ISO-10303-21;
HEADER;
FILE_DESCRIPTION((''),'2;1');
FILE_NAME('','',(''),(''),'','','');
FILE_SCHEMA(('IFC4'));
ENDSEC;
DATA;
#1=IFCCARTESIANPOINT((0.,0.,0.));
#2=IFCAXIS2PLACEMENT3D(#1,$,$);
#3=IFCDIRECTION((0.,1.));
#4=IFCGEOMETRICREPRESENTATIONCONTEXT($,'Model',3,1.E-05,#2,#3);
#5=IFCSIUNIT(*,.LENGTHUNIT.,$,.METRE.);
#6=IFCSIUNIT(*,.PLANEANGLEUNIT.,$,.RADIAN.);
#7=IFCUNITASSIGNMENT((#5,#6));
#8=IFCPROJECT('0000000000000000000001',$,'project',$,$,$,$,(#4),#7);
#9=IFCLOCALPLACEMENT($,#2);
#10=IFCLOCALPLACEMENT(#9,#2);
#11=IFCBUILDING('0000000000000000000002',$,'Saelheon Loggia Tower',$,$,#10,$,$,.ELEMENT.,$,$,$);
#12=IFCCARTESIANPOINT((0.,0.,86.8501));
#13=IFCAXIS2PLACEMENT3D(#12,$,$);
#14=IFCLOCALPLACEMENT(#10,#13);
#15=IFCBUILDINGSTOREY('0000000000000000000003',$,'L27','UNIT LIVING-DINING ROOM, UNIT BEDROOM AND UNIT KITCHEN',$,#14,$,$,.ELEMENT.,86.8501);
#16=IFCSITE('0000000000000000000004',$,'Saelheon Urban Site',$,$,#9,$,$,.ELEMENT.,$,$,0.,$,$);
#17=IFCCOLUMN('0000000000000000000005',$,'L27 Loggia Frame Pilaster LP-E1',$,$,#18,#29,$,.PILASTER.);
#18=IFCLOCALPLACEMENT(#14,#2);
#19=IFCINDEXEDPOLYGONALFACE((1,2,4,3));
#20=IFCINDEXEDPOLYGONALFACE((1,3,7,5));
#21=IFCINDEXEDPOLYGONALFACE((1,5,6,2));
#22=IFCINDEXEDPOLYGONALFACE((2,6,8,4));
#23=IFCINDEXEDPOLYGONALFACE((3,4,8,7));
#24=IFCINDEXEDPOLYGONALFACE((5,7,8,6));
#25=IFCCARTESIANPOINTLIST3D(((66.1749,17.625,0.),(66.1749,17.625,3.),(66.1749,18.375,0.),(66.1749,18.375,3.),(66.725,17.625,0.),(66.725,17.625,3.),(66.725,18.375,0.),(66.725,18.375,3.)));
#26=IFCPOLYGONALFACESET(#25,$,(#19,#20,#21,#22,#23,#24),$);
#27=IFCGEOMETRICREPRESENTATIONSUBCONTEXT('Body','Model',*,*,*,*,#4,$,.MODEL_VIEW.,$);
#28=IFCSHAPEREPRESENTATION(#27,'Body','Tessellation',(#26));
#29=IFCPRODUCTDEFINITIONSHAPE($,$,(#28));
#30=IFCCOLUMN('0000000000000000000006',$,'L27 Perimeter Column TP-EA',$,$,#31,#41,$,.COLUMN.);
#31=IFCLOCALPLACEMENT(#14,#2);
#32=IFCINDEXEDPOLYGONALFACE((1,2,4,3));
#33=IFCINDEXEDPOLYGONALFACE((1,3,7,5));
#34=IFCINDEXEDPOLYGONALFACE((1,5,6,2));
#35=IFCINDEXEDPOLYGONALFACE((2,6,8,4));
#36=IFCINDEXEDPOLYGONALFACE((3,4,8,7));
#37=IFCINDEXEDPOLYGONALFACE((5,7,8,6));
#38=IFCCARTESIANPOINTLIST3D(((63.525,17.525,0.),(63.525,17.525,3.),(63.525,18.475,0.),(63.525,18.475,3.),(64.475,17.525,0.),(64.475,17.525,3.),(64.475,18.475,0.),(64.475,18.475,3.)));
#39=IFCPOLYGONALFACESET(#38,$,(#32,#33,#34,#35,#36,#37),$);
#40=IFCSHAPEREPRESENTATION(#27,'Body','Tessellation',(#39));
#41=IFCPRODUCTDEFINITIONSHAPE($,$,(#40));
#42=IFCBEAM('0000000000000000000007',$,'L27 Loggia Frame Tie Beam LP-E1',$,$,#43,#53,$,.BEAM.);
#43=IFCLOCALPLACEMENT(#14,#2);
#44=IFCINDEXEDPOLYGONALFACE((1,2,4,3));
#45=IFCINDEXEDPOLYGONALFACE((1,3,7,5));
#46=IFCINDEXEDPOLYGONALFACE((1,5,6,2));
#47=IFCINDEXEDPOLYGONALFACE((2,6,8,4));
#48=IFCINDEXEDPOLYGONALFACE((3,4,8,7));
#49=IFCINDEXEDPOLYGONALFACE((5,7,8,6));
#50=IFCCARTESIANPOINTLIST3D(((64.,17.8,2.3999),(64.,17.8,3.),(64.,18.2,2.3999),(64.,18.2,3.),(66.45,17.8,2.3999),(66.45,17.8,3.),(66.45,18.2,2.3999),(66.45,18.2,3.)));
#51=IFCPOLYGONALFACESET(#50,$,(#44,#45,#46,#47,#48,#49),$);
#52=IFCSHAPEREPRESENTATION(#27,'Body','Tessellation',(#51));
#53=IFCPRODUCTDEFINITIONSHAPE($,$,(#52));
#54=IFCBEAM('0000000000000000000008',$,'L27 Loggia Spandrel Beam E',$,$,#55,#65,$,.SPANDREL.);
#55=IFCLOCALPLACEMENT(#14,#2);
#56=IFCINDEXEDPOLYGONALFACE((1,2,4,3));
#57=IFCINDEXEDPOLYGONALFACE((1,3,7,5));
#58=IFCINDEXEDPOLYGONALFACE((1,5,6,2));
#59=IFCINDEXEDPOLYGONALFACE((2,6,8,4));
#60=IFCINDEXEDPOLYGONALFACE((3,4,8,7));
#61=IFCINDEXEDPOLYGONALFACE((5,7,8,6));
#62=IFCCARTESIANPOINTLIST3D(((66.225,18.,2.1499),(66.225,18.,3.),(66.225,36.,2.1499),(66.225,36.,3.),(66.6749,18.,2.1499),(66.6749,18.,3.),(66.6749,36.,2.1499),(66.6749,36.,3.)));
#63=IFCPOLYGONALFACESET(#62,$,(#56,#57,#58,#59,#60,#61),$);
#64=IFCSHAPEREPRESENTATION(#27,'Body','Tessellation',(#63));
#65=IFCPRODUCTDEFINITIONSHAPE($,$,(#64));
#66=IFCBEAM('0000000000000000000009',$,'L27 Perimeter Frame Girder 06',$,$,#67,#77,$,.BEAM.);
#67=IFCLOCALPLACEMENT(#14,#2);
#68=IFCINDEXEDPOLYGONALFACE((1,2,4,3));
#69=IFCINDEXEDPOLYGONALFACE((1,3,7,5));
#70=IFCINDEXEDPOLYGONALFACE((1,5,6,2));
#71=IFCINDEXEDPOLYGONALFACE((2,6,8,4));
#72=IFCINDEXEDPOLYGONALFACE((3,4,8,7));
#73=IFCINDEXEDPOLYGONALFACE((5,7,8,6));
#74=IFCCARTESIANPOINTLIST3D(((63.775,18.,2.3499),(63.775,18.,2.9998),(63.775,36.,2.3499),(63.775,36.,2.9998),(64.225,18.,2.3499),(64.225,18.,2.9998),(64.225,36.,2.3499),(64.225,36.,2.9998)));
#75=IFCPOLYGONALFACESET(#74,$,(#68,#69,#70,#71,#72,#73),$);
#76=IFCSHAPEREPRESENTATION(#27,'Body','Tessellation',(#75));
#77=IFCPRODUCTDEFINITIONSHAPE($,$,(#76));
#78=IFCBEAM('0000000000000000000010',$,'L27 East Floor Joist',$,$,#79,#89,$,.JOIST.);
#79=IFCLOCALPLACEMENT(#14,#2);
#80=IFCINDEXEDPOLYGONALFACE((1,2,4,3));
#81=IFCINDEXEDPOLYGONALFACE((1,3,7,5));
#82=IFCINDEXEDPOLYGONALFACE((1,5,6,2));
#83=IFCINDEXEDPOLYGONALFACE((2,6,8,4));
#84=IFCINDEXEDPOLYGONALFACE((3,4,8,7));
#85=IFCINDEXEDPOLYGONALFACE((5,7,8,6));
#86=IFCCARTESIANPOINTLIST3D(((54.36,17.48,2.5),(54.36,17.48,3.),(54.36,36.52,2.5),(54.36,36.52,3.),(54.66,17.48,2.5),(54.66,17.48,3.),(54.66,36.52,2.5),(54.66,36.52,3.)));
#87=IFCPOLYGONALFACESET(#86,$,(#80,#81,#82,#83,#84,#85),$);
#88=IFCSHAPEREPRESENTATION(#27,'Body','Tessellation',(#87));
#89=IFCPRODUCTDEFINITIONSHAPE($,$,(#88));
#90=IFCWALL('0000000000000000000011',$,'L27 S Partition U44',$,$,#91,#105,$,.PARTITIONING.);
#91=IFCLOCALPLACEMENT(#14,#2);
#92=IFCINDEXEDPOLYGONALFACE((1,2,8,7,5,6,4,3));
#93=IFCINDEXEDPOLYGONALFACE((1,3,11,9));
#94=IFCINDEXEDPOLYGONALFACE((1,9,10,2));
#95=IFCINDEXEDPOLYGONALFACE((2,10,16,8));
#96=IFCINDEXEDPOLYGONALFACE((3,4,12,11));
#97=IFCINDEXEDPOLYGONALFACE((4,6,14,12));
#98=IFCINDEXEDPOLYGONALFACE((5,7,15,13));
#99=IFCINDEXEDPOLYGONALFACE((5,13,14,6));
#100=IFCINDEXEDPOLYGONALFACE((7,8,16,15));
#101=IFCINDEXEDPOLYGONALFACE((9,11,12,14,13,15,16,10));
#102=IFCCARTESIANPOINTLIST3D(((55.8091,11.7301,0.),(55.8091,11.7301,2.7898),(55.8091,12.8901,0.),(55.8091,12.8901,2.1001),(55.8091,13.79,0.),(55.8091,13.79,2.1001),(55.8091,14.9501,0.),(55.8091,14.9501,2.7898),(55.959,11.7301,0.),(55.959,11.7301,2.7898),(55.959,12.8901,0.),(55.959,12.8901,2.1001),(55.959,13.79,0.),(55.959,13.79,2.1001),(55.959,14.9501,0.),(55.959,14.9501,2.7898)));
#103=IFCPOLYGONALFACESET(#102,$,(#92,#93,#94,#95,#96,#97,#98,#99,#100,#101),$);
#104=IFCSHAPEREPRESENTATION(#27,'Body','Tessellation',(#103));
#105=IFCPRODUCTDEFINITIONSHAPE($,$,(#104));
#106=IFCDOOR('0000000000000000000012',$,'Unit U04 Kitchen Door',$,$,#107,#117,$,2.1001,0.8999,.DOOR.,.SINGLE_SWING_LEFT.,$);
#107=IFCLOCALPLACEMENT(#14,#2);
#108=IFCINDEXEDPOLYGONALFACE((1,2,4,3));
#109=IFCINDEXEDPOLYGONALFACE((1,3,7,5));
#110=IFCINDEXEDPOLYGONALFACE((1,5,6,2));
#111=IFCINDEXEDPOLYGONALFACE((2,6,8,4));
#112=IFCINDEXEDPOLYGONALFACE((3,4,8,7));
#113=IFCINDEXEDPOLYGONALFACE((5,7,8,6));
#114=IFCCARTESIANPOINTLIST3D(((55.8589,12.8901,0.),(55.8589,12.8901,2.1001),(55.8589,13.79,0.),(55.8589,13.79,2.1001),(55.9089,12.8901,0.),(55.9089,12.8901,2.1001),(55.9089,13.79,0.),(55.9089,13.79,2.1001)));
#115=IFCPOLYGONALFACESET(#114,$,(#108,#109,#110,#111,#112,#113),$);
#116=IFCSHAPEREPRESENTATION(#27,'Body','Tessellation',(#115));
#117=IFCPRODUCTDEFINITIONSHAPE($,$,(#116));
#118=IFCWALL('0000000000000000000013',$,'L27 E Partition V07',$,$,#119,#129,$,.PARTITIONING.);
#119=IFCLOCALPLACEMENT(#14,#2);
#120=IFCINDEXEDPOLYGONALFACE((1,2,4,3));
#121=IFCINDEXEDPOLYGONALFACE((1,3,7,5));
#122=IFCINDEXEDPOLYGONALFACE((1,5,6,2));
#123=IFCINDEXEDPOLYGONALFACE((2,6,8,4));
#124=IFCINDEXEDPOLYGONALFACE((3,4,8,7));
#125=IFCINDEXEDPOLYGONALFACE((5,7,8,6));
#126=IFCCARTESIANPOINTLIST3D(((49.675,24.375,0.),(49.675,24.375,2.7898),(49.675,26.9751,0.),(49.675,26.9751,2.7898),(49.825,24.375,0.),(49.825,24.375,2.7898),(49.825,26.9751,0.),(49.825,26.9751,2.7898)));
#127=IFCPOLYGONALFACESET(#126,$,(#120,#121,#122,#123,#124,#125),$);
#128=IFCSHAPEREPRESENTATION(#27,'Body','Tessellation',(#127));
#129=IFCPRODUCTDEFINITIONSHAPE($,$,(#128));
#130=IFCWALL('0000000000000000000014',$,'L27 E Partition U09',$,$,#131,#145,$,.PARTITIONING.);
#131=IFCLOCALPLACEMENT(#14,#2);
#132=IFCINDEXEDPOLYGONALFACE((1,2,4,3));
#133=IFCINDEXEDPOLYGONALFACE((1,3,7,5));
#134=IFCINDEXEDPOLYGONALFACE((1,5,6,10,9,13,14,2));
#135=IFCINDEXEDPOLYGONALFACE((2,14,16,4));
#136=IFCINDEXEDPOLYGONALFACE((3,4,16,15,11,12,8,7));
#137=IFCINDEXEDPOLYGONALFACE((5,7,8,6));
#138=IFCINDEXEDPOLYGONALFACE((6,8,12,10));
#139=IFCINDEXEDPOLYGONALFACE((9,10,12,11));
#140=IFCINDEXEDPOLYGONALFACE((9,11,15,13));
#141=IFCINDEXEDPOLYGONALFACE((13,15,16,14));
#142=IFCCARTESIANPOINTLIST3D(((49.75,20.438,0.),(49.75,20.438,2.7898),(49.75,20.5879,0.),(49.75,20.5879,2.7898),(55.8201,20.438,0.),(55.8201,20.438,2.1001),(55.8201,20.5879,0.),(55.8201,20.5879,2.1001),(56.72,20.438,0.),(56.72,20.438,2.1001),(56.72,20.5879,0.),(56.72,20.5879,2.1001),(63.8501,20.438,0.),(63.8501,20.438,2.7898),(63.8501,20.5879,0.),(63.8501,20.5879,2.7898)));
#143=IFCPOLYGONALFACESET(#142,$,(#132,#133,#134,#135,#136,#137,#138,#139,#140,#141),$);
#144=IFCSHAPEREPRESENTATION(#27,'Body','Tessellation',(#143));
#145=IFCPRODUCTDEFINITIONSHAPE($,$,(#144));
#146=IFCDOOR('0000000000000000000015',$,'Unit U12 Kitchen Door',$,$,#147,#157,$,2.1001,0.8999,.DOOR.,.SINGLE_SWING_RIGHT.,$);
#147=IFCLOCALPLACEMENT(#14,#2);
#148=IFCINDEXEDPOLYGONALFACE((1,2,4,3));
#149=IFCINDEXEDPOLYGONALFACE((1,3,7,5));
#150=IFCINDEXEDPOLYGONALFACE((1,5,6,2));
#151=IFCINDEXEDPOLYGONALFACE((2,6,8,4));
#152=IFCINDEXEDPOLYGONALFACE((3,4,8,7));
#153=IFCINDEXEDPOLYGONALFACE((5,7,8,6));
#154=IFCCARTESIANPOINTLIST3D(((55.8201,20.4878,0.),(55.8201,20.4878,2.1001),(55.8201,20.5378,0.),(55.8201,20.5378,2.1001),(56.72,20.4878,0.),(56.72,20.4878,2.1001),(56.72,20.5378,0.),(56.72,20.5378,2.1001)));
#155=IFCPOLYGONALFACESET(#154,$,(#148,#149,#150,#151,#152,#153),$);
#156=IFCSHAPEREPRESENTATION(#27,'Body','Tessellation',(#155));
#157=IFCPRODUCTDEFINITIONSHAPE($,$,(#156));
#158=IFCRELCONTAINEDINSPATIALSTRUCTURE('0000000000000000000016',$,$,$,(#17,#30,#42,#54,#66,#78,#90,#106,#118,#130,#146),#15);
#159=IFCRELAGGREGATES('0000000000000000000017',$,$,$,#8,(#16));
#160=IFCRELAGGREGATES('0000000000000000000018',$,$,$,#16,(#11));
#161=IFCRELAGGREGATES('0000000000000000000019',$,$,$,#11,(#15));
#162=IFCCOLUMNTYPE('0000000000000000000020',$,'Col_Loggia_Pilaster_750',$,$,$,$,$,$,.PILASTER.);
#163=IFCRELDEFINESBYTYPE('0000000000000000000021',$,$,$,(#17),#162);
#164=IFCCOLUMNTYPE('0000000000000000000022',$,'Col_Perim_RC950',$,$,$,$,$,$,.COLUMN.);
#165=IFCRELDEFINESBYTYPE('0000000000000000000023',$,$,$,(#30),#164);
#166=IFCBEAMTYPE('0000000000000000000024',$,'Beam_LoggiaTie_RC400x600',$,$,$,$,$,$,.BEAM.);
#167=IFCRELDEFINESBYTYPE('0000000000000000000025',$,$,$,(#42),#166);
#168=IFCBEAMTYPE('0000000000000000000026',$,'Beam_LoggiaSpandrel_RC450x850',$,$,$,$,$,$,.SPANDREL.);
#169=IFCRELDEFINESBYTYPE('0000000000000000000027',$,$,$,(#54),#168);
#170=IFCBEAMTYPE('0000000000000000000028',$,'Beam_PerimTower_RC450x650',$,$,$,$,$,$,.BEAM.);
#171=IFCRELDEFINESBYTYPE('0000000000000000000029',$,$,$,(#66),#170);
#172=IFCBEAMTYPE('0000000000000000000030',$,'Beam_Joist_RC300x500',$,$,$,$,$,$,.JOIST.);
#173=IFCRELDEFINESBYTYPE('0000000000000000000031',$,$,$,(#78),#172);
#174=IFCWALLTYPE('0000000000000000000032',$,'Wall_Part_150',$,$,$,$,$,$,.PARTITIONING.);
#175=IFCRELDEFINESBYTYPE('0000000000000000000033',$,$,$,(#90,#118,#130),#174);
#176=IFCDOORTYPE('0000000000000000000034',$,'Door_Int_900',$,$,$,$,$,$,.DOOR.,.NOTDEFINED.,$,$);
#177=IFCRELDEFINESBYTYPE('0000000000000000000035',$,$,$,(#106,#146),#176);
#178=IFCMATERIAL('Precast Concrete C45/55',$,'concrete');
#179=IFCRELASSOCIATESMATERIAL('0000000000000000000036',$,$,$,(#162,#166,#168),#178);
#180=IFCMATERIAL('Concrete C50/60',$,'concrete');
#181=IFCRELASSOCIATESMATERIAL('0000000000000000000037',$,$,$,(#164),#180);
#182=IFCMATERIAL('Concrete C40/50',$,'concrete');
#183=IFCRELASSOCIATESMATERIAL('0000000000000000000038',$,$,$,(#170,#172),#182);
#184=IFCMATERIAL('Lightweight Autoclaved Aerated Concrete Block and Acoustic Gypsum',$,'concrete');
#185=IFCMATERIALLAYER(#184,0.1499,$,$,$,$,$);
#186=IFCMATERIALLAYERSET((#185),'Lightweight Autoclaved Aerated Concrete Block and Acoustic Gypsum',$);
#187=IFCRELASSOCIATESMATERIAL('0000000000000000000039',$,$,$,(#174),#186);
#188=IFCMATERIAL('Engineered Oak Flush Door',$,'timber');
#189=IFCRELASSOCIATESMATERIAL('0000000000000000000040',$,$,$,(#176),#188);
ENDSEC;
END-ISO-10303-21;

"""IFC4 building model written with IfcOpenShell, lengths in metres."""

from ifc_helpers import new_model, si_unit, direction, frame, frame_2d, origin, origin_2d, place, context, subcontext, project, spatial, rectangle, extrude, source, transform, mapped, material, layer, layer_set, material_profile, profile_set, type_object, element, fill, save


model = new_model("IFC4")

# Units and contexts
model_context = context("Model", 3, precision=1e-05, world=origin(), true_north=direction((0.0, 1.0)))
body_context = subcontext(model_context, "Body", "Model", "MODEL_VIEW")
ifc_project = project(units=[si_unit("LENGTHUNIT", "METRE"), si_unit("PLANEANGLEUNIT", "RADIAN")], contexts=[model_context])

# Site, building, storey
site_placement = place(None, origin())
site = spatial("IfcSite", under=ifc_project, at=site_placement, Name="Saelheon Urban Site", CompositionType="ELEMENT", RefElevation=0.0)
building_placement = place(site_placement, origin())
building = spatial("IfcBuilding", under=site, at=building_placement, Name="Saelheon Loggia Tower", CompositionType="ELEMENT")
storey_placement = place(building_placement, frame((0.0, 0.0, 86.8501)))
storey = spatial("IfcBuildingStorey", under=building, at=storey_placement, Name="L27", Description="UNIT LIVING-DINING ROOM, UNIT BEDROOM AND UNIT KITCHEN", CompositionType="ELEMENT", Elevation=86.8501)

# Columns
ifc_material_1 = material(Name="Precast Concrete C45/55", Category="concrete")
ifc_material_profile_1 = material_profile(ifc_material_1, rectangle(XDim=0.55, YDim=0.75, at=origin_2d()), Name="RC-550x750")
ifc_profile_set_1 = profile_set([ifc_material_profile_1], Name="Precast Concrete C45/55")
column_type_1 = type_object("IfcColumnType", Name="Col_Loggia_Pilaster_750", PredefinedType="PILASTER", material=ifc_profile_set_1)
shared_shape_1 = source(origin(), body_context, "Body", "SweptSolid", [
    extrude(rectangle(XDim=0.55, YDim=0.75, at=origin_2d()), origin(), (0.0, 0.0, 1.0), 3.0),
])
column_1_placement = place(storey_placement, frame((66.45, 18.0, 0.0), z_axis=(0.0, 0.0, 1.0), x_axis=(1.0, 0.0, 0.0)))
element("IfcColumn", 1, at=column_1_placement, inside=storey, type_object=column_type_1, Name="L27 Loggia Frame Pilaster LP-E1", PredefinedType="PILASTER", context=body_context, shape_type="MappedRepresentation", body=[
    mapped(shared_shape_1, transform((0.0, 0.0, 0.0), scale=1.0)),
])
ifc_material_2 = material(Name="Concrete C50/60", Category="concrete")
ifc_material_profile_2 = material_profile(ifc_material_2, rectangle(XDim=0.95, YDim=0.95, at=origin_2d()), Name="RC-950x950")
ifc_profile_set_2 = profile_set([ifc_material_profile_2], Name="Concrete C50/60")
column_type_2 = type_object("IfcColumnType", Name="Col_Perim_RC950", PredefinedType="COLUMN", material=ifc_profile_set_2)
shared_shape_2 = source(origin(), body_context, "Body", "SweptSolid", [
    extrude(rectangle(XDim=0.95, YDim=0.95, at=origin_2d()), origin(), (0.0, 0.0, 1.0), 3.0),
])
column_2_placement = place(storey_placement, frame((64.0, 18.0, 0.0), z_axis=(0.0, 0.0, 1.0), x_axis=(1.0, 0.0, 0.0)))
element("IfcColumn", 2, at=column_2_placement, inside=storey, type_object=column_type_2, Name="L27 Perimeter Column TP-EA", PredefinedType="COLUMN", context=body_context, shape_type="MappedRepresentation", body=[
    mapped(shared_shape_2, transform((0.0, 0.0, 0.0), scale=1.0)),
])

# Beams
ifc_material_profile_3 = material_profile(ifc_material_1, rectangle(XDim=0.3999, YDim=0.6001, at=origin_2d()), Name="RC-400x600")
ifc_profile_set_3 = profile_set([ifc_material_profile_3], Name="Precast Concrete C45/55")
beam_type_1 = type_object("IfcBeamType", Name="Beam_LoggiaTie_RC400x600", PredefinedType="BEAM", material=ifc_profile_set_3)
shared_shape_3 = source(origin(), body_context, "Body", "SweptSolid", [
    extrude(rectangle(XDim=0.3999, YDim=0.6001, at=origin_2d()), origin(), (0.0, 0.0, 1.0), 2.45),
])
beam_1_placement = place(storey_placement, frame((64.0, 18.0, 2.7), z_axis=(1.0, 0.0, 0.0), x_axis=(0.0, 1.0, 0.0)))
element("IfcBeam", 3, at=beam_1_placement, inside=storey, type_object=beam_type_1, Name="L27 Loggia Frame Tie Beam LP-E1", PredefinedType="BEAM", context=body_context, shape_type="MappedRepresentation", body=[
    mapped(shared_shape_3, transform((0.0, 0.0, 0.0), scale=1.0)),
])
ifc_material_profile_4 = material_profile(ifc_material_1, rectangle(XDim=0.45, YDim=0.8501, at=origin_2d()), Name="RC-450x850")
ifc_profile_set_4 = profile_set([ifc_material_profile_4], Name="Precast Concrete C45/55")
beam_type_2 = type_object("IfcBeamType", Name="Beam_LoggiaSpandrel_RC450x850", PredefinedType="SPANDREL", material=ifc_profile_set_4)
shared_shape_4 = source(origin(), body_context, "Body", "SweptSolid", [
    extrude(rectangle(XDim=0.45, YDim=0.8501, at=origin_2d()), origin(), (0.0, 0.0, 1.0), 18.0),
])
beam_2_placement = place(storey_placement, frame((66.45, 18.0, 2.575), z_axis=(0.0, 1.0, 0.0), x_axis=(-1.0, 0.0, 0.0)))
element("IfcBeam", 4, at=beam_2_placement, inside=storey, type_object=beam_type_2, Name="L27 Loggia Spandrel Beam E", PredefinedType="SPANDREL", context=body_context, shape_type="MappedRepresentation", body=[
    mapped(shared_shape_4, transform((0.0, 0.0, 0.0), scale=1.0)),
])
ifc_material_3 = material(Name="Concrete C40/50", Category="concrete")
ifc_material_profile_5 = material_profile(ifc_material_3, rectangle(XDim=0.45, YDim=0.6499, at=origin_2d()), Name="RC-450x650")
ifc_profile_set_5 = profile_set([ifc_material_profile_5], Name="Concrete C40/50")
beam_type_3 = type_object("IfcBeamType", Name="Beam_PerimTower_RC450x650", PredefinedType="BEAM", material=ifc_profile_set_5)
shared_shape_5 = source(origin(), body_context, "Body", "SweptSolid", [
    extrude(rectangle(XDim=0.45, YDim=0.6499, at=origin_2d()), origin(), (0.0, 0.0, 1.0), 18.0),
])
beam_3_placement = place(storey_placement, frame((64.0, 18.0, 2.6748), z_axis=(0.0, 1.0, 0.0), x_axis=(-1.0, 0.0, 0.0)))
element("IfcBeam", 5, at=beam_3_placement, inside=storey, type_object=beam_type_3, Name="L27 Perimeter Frame Girder 06", PredefinedType="BEAM", context=body_context, shape_type="MappedRepresentation", body=[
    mapped(shared_shape_5, transform((0.0, 0.0, 0.0), scale=1.0)),
])
ifc_material_profile_6 = material_profile(ifc_material_3, rectangle(XDim=0.3, YDim=0.5, at=origin_2d()), Name="RC-300x500")
ifc_profile_set_6 = profile_set([ifc_material_profile_6], Name="Concrete C40/50")
beam_type_4 = type_object("IfcBeamType", Name="Beam_Joist_RC300x500", PredefinedType="JOIST", material=ifc_profile_set_6)
shared_shape_6 = source(origin(), body_context, "Body", "SweptSolid", [
    extrude(rectangle(XDim=0.3, YDim=0.5, at=origin_2d()), origin(), (0.0, 0.0, 1.0), 19.04),
])
beam_4_placement = place(storey_placement, frame((54.51, 17.48, 2.75), z_axis=(0.0, 1.0, 0.0), x_axis=(-1.0, 0.0, 0.0)))
element("IfcBeam", 6, at=beam_4_placement, inside=storey, type_object=beam_type_4, Name="L27 East Floor Joist", PredefinedType="JOIST", context=body_context, shape_type="MappedRepresentation", body=[
    mapped(shared_shape_6, transform((0.0, 0.0, 0.0), scale=1.0)),
])

# Wall, opening, door
ifc_material_4 = material(Name="Lightweight Autoclaved Aerated Concrete Block and Acoustic Gypsum", Category="concrete")
ifc_layer_1 = layer(ifc_material_4, 0.1499)
ifc_layer_set_1 = layer_set([ifc_layer_1], Name="Lightweight Autoclaved Aerated Concrete Block and Acoustic Gypsum")
wall_type_1 = type_object("IfcWallType", Name="Wall_Part_150", PredefinedType="PARTITIONING", material=ifc_layer_set_1)
wall_1_placement = place(storey_placement, frame((55.884, 14.95, 0.0), z_axis=(0.0, 0.0, 1.0), x_axis=(0.0, -1.0, 0.0)))
wall_1 = element("IfcWall", 7, at=wall_1_placement, inside=storey, type_object=wall_type_1, Name="L27 S Partition U44", PredefinedType="PARTITIONING", context=body_context, shape_type="SweptSolid", body=[
    extrude(rectangle(XDim=3.22, YDim=0.1499, at=frame_2d((1.6099, 0.0))), origin(), (0.0, 0.0, 1.0), 2.7898),
])
opening_1_placement = place(wall_1_placement, frame((1.1599, 0.0, 0.0)))
opening_1 = element("IfcOpeningElement", 8, at=opening_1_placement, cuts=wall_1, PredefinedType="OPENING", context=body_context, shape_type="SweptSolid", body=[
    extrude(rectangle(XDim=0.8999, YDim=2.1001, at=frame_2d((0.45, 1.05))), frame((0.0, 0.0869, 0.0), z_axis=(0.0, -1.0, 0.0), x_axis=(1.0, 0.0, 0.0)), (0.0, 0.0, 1.0), 0.1738),
])
ifc_material_5 = material(Name="Engineered Oak Flush Door", Category="timber")
door_type_1 = type_object("IfcDoorType", Name="Door_Int_900", OperationType="NOTDEFINED", PredefinedType="DOOR", material=ifc_material_5)
shared_shape_7 = source(origin(), body_context, "Body", "SweptSolid", [
    extrude(rectangle(XDim=0.8999, YDim=2.1001, at=frame_2d((0.45, 1.05))), frame((0.0, 0.0249, 0.0), z_axis=(0.0, -1.0, 0.0), x_axis=(1.0, 0.0, 0.0)), (0.0, 0.0, 1.0), 0.05),
])
door_1_placement = place(opening_1_placement, origin())
door_1 = element("IfcDoor", 9, at=door_1_placement, inside=storey, type_object=door_type_1, Name="Unit U04 Kitchen Door", OperationType="SINGLE_SWING_LEFT", OverallHeight=2.1001, OverallWidth=0.8999, PredefinedType="DOOR", context=body_context, shape_type="MappedRepresentation", body=[
    mapped(shared_shape_7, transform((0.0, 0.0, 0.0), scale=1.0)),
])
fill(opening_1, door_1)

# Wall
wall_2_placement = place(storey_placement, frame((49.75, 24.375, 0.0), z_axis=(0.0, 0.0, 1.0), x_axis=(0.0, 1.0, 0.0)))
element("IfcWall", 10, at=wall_2_placement, inside=storey, type_object=wall_type_1, Name="L27 E Partition V07", PredefinedType="PARTITIONING", context=body_context, shape_type="SweptSolid", body=[
    extrude(rectangle(XDim=2.6001, YDim=0.1499, at=frame_2d((1.3, 0.0))), origin(), (0.0, 0.0, 1.0), 2.7898),
])

# Wall, opening, door
wall_3_placement = place(storey_placement, frame((49.75, 20.5129, 0.0), z_axis=(0.0, 0.0, 1.0), x_axis=(1.0, 0.0, 0.0)))
wall_3 = element("IfcWall", 11, at=wall_3_placement, inside=storey, type_object=wall_type_1, Name="L27 E Partition U09", PredefinedType="PARTITIONING", context=body_context, shape_type="SweptSolid", body=[
    extrude(rectangle(XDim=14.1001, YDim=0.1499, at=frame_2d((7.05, 0.0))), origin(), (0.0, 0.0, 1.0), 2.7898),
])
opening_2_placement = place(wall_3_placement, frame((6.0701, 0.0, 0.0)))
opening_2 = element("IfcOpeningElement", 12, at=opening_2_placement, cuts=wall_3, PredefinedType="OPENING", context=body_context, shape_type="SweptSolid", body=[
    extrude(rectangle(XDim=0.8999, YDim=2.1001, at=frame_2d((0.45, 1.05))), frame((0.0, 0.0869, 0.0), z_axis=(0.0, -1.0, 0.0), x_axis=(1.0, 0.0, 0.0)), (0.0, 0.0, 1.0), 0.1738),
])
door_2_placement = place(opening_2_placement, origin())
door_2 = element("IfcDoor", 13, at=door_2_placement, inside=storey, type_object=door_type_1, Name="Unit U12 Kitchen Door", OperationType="SINGLE_SWING_RIGHT", OverallHeight=2.1001, OverallWidth=0.8999, PredefinedType="DOOR", context=body_context, shape_type="MappedRepresentation", body=[
    mapped(shared_shape_7, transform((0.0, 0.0, 0.0), scale=1.0)),
])
fill(opening_2, door_2)

save(model, "model.ifc")
